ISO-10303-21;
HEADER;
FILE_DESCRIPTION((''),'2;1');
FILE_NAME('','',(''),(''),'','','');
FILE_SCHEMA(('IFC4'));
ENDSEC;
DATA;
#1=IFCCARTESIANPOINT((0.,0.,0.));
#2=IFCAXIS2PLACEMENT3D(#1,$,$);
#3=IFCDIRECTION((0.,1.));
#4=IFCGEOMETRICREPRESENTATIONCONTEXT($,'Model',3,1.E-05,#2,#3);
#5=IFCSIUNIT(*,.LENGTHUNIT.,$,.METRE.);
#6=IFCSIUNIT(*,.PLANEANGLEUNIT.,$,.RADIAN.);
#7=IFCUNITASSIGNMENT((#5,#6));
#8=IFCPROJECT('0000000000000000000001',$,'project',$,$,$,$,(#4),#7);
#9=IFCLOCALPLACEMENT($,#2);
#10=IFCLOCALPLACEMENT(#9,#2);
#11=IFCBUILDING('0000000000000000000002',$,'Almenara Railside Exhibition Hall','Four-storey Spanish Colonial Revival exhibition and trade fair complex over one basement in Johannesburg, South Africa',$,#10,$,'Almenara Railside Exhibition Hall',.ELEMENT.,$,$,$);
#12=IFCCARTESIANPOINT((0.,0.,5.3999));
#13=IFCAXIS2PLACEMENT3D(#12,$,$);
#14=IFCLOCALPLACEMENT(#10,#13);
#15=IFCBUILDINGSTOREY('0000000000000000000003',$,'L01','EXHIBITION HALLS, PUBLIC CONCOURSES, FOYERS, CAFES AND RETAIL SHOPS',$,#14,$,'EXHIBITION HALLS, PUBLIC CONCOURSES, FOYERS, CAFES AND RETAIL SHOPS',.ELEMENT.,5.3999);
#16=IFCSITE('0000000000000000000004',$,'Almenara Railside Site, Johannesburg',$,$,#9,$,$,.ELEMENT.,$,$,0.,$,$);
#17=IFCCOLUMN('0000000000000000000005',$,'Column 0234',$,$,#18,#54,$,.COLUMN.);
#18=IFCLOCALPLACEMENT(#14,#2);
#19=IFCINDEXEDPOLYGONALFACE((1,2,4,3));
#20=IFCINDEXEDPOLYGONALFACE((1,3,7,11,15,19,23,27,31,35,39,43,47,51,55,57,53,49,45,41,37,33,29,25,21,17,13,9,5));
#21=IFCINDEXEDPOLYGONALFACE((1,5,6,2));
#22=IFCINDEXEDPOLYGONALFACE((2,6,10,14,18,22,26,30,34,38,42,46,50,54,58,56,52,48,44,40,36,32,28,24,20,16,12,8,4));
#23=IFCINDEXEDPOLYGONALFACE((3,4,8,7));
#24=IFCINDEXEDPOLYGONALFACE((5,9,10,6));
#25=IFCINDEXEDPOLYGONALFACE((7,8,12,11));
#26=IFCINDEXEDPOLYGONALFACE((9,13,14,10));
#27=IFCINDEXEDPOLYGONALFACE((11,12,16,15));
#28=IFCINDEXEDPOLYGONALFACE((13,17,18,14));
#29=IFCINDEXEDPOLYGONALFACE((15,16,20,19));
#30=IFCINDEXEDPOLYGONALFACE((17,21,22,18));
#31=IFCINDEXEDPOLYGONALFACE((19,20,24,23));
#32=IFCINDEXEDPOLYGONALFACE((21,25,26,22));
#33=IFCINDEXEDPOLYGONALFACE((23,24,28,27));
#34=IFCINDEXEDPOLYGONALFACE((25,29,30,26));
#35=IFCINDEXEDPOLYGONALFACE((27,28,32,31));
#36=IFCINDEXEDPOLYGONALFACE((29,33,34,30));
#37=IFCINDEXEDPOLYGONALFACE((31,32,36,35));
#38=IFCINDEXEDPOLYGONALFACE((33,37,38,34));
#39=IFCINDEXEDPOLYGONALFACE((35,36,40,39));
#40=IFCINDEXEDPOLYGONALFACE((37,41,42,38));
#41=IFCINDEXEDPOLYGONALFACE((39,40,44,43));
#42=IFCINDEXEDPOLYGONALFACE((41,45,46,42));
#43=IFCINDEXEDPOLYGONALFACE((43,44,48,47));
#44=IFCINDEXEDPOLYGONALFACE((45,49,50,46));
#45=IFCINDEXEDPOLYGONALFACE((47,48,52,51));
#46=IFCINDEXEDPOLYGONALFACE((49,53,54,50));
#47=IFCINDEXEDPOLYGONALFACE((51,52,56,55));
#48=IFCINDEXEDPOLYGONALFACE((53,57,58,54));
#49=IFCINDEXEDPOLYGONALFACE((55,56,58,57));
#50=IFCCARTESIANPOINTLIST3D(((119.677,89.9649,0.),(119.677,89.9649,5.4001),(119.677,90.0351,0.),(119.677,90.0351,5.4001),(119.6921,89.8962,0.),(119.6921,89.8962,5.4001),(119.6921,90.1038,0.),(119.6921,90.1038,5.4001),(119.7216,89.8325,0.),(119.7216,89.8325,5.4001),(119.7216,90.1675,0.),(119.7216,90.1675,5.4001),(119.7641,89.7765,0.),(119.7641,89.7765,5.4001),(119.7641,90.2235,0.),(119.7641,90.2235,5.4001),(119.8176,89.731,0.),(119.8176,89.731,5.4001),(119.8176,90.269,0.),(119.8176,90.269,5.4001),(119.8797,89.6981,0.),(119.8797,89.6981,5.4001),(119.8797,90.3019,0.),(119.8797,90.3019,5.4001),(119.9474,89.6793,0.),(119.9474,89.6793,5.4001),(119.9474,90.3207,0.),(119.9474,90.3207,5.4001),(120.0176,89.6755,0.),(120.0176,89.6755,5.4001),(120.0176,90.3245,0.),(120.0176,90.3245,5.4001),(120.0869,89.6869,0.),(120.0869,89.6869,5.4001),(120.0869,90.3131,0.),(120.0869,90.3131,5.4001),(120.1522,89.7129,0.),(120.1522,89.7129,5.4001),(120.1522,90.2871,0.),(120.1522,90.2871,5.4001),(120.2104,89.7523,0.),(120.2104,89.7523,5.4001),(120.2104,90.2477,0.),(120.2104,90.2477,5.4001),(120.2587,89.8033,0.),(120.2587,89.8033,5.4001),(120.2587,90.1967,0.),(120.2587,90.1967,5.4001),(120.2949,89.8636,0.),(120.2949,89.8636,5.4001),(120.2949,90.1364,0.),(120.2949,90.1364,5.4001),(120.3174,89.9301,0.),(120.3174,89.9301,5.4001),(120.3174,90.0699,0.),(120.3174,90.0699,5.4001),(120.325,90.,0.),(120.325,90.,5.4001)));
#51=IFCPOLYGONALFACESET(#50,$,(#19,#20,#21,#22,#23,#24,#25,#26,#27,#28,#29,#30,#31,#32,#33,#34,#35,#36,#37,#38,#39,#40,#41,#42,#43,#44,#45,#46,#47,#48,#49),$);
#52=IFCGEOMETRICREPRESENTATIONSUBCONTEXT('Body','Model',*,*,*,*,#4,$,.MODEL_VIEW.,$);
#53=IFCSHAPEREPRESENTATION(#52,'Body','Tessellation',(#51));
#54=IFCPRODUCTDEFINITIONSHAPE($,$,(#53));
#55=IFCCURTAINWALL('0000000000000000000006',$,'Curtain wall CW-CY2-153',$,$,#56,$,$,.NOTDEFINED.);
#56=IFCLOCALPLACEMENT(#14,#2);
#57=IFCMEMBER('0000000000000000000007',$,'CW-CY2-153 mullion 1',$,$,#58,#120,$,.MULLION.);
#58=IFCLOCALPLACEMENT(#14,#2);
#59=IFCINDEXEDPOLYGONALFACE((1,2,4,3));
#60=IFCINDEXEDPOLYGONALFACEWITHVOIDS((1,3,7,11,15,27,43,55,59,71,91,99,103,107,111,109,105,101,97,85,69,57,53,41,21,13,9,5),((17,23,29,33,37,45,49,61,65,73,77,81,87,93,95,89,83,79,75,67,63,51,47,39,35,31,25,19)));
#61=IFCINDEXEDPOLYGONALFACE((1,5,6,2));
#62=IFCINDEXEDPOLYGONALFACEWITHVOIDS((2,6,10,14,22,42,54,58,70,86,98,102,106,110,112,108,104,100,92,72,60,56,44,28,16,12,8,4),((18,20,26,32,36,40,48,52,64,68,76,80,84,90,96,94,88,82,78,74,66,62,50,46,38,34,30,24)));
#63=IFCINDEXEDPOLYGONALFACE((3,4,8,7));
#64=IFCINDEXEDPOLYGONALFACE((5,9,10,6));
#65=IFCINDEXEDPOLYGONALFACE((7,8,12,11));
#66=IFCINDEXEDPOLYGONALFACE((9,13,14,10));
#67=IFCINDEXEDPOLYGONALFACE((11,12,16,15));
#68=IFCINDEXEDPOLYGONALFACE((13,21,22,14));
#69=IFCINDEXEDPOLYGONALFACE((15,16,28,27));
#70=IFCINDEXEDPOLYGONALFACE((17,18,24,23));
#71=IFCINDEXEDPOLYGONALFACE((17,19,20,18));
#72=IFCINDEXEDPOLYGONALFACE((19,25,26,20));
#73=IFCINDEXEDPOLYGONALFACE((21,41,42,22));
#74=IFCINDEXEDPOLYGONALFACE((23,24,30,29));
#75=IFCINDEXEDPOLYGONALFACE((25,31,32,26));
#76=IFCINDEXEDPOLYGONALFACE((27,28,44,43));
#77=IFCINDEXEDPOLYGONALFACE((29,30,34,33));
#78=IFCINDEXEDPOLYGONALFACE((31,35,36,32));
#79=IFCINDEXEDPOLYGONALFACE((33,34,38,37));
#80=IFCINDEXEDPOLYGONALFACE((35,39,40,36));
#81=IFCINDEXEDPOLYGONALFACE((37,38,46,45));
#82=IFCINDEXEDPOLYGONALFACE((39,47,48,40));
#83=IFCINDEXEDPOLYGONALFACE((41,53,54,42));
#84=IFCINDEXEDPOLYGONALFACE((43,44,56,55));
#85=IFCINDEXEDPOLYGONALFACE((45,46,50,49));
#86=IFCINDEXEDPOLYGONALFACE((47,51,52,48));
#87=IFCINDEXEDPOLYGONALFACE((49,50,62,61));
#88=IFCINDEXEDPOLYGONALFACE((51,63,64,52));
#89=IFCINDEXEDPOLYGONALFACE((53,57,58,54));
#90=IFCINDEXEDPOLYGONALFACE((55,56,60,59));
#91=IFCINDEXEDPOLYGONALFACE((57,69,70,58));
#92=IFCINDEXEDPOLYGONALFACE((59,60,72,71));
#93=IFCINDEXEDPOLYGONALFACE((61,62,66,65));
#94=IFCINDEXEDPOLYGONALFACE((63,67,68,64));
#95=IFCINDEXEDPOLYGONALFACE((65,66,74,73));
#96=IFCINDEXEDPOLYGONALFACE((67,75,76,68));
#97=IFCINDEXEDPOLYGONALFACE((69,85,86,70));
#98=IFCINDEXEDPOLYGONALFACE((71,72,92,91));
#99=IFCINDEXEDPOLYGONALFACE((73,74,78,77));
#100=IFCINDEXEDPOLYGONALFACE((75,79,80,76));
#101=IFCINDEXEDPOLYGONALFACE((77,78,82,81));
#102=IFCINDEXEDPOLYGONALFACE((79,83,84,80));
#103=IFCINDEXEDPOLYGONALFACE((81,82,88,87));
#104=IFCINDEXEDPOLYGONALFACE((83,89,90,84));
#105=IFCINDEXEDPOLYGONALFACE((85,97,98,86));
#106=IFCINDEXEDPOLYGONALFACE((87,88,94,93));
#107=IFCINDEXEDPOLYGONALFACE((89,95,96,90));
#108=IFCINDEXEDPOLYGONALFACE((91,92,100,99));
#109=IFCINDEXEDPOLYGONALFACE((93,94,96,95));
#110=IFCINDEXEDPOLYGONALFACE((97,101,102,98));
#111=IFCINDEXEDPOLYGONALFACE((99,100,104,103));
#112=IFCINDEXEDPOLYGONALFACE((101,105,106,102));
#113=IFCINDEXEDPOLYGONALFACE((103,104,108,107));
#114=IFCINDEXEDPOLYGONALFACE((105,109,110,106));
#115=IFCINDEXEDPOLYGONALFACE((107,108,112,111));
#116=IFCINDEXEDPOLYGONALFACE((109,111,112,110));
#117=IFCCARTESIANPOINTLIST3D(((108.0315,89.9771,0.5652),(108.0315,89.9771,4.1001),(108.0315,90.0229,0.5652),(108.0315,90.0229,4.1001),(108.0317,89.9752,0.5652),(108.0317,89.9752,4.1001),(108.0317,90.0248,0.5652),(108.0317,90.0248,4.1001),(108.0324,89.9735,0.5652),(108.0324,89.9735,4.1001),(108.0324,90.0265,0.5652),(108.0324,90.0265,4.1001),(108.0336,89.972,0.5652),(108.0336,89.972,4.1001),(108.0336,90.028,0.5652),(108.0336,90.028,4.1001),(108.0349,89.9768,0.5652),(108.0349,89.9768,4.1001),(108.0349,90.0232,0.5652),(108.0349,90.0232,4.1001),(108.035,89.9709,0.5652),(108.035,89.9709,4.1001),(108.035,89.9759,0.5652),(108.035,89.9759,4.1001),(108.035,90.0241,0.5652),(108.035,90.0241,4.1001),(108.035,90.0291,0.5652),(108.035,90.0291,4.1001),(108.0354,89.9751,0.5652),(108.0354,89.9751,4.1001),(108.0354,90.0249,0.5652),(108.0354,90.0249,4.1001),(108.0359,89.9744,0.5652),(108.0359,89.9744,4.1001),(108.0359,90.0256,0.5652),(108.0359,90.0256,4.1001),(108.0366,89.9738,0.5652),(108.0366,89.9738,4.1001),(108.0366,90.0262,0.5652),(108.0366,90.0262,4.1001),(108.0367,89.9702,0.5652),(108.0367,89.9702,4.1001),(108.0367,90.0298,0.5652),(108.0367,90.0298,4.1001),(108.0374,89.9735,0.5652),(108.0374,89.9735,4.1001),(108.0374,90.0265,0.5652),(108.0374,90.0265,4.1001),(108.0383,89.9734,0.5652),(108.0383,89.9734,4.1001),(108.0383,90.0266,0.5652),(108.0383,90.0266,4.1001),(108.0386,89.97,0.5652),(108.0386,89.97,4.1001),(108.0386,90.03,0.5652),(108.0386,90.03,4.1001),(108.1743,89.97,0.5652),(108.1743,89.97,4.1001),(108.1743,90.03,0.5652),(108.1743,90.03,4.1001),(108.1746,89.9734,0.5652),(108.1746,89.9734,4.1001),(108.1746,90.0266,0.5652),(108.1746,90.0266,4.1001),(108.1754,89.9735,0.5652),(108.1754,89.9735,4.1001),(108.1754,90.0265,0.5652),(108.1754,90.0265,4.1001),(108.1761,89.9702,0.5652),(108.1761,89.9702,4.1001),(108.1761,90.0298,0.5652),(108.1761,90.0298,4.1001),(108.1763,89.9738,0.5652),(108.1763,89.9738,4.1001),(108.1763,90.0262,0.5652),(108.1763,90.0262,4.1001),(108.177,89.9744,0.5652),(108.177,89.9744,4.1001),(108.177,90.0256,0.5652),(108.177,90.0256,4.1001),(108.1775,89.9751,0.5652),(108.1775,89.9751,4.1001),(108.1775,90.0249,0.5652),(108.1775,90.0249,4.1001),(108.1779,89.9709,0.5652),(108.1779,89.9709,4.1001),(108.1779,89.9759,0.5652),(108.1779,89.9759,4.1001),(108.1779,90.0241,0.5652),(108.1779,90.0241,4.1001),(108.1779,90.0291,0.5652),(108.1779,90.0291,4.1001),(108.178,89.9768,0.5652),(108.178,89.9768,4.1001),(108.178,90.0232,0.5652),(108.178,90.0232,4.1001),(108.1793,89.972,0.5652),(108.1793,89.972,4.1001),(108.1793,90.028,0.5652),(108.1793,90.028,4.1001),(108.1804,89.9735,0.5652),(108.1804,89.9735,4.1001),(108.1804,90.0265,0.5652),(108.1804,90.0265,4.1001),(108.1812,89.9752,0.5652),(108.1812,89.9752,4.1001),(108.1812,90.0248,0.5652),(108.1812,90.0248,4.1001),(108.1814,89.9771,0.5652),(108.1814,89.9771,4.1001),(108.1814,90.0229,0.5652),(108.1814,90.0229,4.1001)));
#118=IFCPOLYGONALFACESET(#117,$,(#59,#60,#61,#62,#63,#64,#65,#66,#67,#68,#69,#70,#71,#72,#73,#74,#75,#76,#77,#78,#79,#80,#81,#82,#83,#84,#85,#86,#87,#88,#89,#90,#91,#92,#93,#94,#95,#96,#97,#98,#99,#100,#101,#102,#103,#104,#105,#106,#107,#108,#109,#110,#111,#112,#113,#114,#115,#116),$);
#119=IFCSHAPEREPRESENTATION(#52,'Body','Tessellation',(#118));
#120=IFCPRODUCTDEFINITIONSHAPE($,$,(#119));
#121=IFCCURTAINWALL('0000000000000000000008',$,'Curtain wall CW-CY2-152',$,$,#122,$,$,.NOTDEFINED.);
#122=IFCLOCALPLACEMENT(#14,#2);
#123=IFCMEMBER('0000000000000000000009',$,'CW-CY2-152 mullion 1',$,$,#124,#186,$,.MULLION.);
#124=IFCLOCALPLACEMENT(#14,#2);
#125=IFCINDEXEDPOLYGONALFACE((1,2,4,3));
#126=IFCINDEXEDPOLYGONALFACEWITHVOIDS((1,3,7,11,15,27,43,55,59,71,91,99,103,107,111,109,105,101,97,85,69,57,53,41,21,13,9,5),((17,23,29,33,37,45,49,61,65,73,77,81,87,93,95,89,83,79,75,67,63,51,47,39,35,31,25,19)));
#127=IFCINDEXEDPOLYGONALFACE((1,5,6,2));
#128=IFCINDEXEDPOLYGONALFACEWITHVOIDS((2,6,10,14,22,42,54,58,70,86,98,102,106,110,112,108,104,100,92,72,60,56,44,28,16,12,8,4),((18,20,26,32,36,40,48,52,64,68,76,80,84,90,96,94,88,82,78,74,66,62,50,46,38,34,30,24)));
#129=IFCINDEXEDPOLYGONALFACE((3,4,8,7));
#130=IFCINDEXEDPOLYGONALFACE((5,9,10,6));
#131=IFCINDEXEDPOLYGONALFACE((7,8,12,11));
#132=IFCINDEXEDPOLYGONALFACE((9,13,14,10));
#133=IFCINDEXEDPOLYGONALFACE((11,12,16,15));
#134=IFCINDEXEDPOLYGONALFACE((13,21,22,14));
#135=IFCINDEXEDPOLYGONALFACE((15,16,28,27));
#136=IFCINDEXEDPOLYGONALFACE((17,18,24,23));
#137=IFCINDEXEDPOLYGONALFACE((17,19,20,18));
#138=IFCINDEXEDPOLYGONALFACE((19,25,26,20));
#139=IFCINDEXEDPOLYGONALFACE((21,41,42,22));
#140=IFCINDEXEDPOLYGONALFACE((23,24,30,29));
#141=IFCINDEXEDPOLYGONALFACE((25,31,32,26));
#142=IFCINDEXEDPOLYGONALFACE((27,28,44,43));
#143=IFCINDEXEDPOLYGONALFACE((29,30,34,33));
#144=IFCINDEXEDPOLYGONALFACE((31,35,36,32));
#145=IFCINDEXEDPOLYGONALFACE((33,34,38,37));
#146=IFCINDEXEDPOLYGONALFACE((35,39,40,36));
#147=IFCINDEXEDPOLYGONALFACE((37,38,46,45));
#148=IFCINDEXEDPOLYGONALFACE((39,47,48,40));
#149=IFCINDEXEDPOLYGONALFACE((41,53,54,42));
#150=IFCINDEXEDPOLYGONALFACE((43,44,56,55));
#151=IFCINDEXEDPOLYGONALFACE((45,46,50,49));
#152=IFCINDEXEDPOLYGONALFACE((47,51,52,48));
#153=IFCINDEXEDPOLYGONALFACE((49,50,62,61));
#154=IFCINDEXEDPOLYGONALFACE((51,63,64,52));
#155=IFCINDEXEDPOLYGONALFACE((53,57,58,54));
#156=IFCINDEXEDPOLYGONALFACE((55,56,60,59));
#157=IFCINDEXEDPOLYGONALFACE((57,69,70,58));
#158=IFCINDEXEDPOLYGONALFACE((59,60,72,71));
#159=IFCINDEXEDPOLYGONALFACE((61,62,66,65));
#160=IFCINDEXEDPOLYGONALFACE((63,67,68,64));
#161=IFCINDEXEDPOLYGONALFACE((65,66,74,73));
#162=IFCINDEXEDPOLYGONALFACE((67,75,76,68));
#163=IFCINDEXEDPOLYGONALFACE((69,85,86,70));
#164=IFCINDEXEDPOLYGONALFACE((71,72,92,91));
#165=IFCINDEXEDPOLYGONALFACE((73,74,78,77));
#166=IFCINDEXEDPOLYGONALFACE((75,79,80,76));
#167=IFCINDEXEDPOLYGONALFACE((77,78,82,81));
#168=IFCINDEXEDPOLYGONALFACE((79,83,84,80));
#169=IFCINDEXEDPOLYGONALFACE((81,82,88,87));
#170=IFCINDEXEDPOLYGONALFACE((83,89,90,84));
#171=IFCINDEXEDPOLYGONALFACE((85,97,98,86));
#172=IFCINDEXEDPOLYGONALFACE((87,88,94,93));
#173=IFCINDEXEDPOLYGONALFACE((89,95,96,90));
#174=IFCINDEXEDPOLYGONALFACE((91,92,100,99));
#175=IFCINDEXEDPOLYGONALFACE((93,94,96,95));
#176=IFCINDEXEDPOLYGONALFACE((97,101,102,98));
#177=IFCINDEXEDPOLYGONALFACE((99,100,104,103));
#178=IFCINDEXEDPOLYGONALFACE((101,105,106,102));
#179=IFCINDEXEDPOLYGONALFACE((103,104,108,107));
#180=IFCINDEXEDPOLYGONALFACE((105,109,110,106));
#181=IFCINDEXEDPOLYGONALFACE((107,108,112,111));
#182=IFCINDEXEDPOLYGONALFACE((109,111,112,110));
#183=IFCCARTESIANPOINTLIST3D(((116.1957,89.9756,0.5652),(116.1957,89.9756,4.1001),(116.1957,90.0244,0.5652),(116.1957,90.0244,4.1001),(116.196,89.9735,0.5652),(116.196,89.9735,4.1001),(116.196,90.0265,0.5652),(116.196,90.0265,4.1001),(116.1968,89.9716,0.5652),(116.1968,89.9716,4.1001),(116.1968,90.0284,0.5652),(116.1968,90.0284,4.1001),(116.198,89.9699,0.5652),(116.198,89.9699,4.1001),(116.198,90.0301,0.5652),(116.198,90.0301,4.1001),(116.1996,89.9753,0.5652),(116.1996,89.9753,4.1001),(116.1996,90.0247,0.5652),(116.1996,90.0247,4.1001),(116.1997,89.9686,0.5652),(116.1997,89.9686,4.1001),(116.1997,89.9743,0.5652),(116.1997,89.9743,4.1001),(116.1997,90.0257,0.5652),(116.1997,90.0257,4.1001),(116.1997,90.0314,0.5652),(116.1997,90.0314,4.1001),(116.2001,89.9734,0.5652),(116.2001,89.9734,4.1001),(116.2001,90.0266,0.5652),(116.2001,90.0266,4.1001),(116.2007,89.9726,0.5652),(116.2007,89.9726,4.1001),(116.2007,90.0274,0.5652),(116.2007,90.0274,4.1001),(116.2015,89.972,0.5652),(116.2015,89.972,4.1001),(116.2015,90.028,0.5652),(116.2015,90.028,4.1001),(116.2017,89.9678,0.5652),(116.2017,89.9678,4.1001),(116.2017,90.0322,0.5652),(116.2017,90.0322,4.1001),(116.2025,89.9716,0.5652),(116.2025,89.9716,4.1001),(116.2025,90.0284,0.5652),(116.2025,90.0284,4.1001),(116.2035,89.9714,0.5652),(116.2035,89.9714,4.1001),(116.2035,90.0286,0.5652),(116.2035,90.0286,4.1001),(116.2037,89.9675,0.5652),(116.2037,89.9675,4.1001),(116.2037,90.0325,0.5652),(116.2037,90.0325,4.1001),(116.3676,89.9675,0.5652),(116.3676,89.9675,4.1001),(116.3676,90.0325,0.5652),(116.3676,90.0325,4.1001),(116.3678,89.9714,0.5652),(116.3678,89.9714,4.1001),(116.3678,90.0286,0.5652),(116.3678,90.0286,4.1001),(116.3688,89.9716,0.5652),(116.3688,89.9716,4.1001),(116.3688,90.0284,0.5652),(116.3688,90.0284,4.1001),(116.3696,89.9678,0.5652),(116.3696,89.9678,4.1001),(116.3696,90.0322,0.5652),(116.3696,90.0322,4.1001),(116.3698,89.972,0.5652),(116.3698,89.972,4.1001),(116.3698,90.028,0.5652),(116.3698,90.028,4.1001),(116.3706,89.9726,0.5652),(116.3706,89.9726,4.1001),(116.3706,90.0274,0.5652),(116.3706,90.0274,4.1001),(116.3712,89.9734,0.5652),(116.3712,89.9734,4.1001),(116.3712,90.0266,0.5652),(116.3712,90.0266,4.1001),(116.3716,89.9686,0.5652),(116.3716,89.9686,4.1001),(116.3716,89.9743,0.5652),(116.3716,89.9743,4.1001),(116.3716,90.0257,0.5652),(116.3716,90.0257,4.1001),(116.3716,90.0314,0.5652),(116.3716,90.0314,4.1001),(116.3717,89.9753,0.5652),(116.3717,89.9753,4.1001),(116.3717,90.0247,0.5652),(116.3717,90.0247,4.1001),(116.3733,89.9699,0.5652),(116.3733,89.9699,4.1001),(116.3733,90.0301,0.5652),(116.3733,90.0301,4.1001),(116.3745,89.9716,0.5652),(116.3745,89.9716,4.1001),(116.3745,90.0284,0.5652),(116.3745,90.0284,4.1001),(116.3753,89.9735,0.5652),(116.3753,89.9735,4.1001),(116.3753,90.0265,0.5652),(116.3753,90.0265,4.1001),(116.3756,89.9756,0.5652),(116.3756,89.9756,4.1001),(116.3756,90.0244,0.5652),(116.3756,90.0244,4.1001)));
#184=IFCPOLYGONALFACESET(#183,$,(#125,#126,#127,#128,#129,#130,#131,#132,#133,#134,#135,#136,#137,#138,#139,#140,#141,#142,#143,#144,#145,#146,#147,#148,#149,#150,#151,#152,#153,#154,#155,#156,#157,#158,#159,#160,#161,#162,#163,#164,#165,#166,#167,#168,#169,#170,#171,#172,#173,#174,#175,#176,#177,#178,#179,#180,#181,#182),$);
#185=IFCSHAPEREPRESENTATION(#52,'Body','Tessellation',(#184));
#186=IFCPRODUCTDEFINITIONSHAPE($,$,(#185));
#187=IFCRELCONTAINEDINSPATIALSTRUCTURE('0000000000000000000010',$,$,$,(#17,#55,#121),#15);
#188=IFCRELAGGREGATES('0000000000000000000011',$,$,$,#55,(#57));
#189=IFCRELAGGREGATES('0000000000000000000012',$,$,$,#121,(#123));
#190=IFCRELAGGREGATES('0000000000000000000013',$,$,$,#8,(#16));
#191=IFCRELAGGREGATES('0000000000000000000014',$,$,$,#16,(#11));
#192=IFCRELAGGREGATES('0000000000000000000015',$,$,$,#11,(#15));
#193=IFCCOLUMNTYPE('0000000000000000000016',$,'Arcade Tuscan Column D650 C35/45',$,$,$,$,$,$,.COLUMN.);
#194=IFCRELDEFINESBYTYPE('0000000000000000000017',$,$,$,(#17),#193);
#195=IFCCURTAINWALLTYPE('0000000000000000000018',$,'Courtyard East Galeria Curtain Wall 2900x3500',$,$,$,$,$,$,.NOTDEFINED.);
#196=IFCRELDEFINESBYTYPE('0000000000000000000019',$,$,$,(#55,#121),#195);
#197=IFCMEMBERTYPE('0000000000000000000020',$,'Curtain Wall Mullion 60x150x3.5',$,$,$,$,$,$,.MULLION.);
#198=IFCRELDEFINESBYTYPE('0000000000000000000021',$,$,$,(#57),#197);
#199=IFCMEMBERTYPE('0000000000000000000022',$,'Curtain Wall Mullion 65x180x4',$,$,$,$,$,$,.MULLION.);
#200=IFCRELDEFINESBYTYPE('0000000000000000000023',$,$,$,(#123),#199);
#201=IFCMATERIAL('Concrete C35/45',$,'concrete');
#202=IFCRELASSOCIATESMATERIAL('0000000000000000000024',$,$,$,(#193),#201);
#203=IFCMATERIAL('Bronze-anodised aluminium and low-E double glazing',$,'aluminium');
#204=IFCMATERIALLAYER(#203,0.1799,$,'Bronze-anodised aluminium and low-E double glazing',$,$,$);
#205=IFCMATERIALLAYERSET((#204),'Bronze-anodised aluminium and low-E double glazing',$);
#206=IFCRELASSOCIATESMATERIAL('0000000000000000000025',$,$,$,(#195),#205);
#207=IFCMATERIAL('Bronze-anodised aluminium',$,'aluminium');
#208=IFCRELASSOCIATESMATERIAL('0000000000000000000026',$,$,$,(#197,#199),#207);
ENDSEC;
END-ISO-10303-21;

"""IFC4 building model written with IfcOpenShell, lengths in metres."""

from ifc_helpers import new_model, si_unit, direction, frame, origin, origin_2d, place, context, subcontext, project, spatial, hollow_rectangle, circle, extrude, material, layer, layer_set, material_profile, profile_set, type_object, element, aggregate, save


model = new_model("IFC4")

# Units and contexts
model_context = context("Model", 3, precision=1e-05, world=origin(), true_north=direction((0.0, 1.0)))
body_context = subcontext(model_context, "Body", "Model", "MODEL_VIEW")
ifc_project = project(units=[si_unit("LENGTHUNIT", "METRE"), si_unit("PLANEANGLEUNIT", "RADIAN")], contexts=[model_context])

# Site, building, storey
site_placement = place(None, origin())
site = spatial("IfcSite", under=ifc_project, at=site_placement, Name="Almenara Railside Site, Johannesburg", CompositionType="ELEMENT", RefElevation=0.0)
building_placement = place(site_placement, origin())
building = spatial("IfcBuilding", under=site, at=building_placement, Name="Almenara Railside Exhibition Hall", Description="Four-storey Spanish Colonial Revival exhibition and trade fair complex over one basement in Johannesburg, South Africa", LongName="Almenara Railside Exhibition Hall", CompositionType="ELEMENT")
storey_placement = place(building_placement, frame((0.0, 0.0, 5.3999)))
storey = spatial("IfcBuildingStorey", under=building, at=storey_placement, Name="L01", Description="EXHIBITION HALLS, PUBLIC CONCOURSES, FOYERS, CAFES AND RETAIL SHOPS", LongName="EXHIBITION HALLS, PUBLIC CONCOURSES, FOYERS, CAFES AND RETAIL SHOPS", CompositionType="ELEMENT", Elevation=5.3999)

# Column
ifc_material_1 = material(Name="Concrete C35/45", Category="concrete")
ifc_material_profile_1 = material_profile(ifc_material_1, circle(Radius=0.325, at=origin_2d()), Name="RC-COL D650")
ifc_profile_set_1 = profile_set([ifc_material_profile_1], Name="Concrete C35/45")
column_type = type_object("IfcColumnType", Name="Arcade Tuscan Column D650 C35/45", PredefinedType="COLUMN", material=ifc_profile_set_1)
column_placement = place(storey_placement, frame((120.0, 90.0, 0.0), z_axis=(0.0, 0.0, 1.0), x_axis=(1.0, 0.0, 0.0)))
element("IfcColumn", 1, at=column_placement, inside=storey, type_object=column_type, Name="Column 0234", PredefinedType="COLUMN", context=body_context, shape_type="SweptSolid", body=[
    extrude(circle(Radius=0.325, at=origin_2d()), origin(), (0.0, 0.0, 1.0), 5.4001),
])

# Curtain wall, member
ifc_material_2 = material(Name="Bronze-anodised aluminium and low-E double glazing", Category="aluminium")
ifc_layer_1 = layer(ifc_material_2, 0.1799, Name="Bronze-anodised aluminium and low-E double glazing")
ifc_layer_set_1 = layer_set([ifc_layer_1], Name="Bronze-anodised aluminium and low-E double glazing")
curtain_wall_type = type_object("IfcCurtainWallType", Name="Courtyard East Galeria Curtain Wall 2900x3500", PredefinedType="NOTDEFINED", material=ifc_layer_set_1)
curtain_wall_1_placement = place(storey_placement, origin())
curtain_wall_1 = element("IfcCurtainWall", 2, at=curtain_wall_1_placement, inside=storey, type_object=curtain_wall_type, Name="Curtain wall CW-CY2-153", PredefinedType="NOTDEFINED")
ifc_material_3 = material(Name="Bronze-anodised aluminium", Category="aluminium")
ifc_material_profile_2 = material_profile(ifc_material_3, hollow_rectangle(XDim=0.0601, YDim=0.1499, WallThickness=0.0034, InnerFilletRadius=0.0034, OuterFilletRadius=0.0071, at=origin_2d()), Name="ALU-MUL 60x150x3.5")
ifc_profile_set_2 = profile_set([ifc_material_profile_2], Name="Bronze-anodised aluminium")
member_type_1 = type_object("IfcMemberType", Name="Curtain Wall Mullion 60x150x3.5", PredefinedType="MULLION", material=ifc_profile_set_2)
member_1_placement = place(storey_placement, frame((108.1064, 90.0, 0.5652), z_axis=(0.0, 0.0, 1.0), x_axis=(0.0, -1.0, 0.0)))
member_1 = element("IfcMember", 3, at=member_1_placement, type_object=member_type_1, Name="CW-CY2-153 mullion 1", PredefinedType="MULLION", context=body_context, shape_type="SweptSolid", body=[
    extrude(hollow_rectangle(XDim=0.0601, YDim=0.1499, WallThickness=0.0034, InnerFilletRadius=0.0034, OuterFilletRadius=0.0071, at=origin_2d()), origin(), (0.0, 0.0, 1.0), 3.5349),
])

# Curtain wall, member
curtain_wall_2_placement = place(storey_placement, origin())
curtain_wall_2 = element("IfcCurtainWall", 4, at=curtain_wall_2_placement, inside=storey, type_object=curtain_wall_type, Name="Curtain wall CW-CY2-152", PredefinedType="NOTDEFINED")
ifc_material_profile_3 = material_profile(ifc_material_3, hollow_rectangle(XDim=0.0649, YDim=0.1799, WallThickness=0.0039, InnerFilletRadius=0.0039, OuterFilletRadius=0.0081, at=origin_2d()), Name="ALU-MUL 65x180x4")
ifc_profile_set_3 = profile_set([ifc_material_profile_3], Name="Bronze-anodised aluminium")
member_type_2 = type_object("IfcMemberType", Name="Curtain Wall Mullion 65x180x4", PredefinedType="MULLION", material=ifc_profile_set_3)
member_2_placement = place(storey_placement, frame((116.2856, 90.0, 0.5652), z_axis=(0.0, 0.0, 1.0), x_axis=(0.0, -1.0, 0.0)))
member_2 = element("IfcMember", 5, at=member_2_placement, type_object=member_type_2, Name="CW-CY2-152 mullion 1", PredefinedType="MULLION", context=body_context, shape_type="SweptSolid", body=[
    extrude(hollow_rectangle(XDim=0.0649, YDim=0.1799, WallThickness=0.0039, InnerFilletRadius=0.0039, OuterFilletRadius=0.0081, at=origin_2d()), origin(), (0.0, 0.0, 1.0), 3.5349),
])

aggregate(curtain_wall_1, [member_1])

aggregate(curtain_wall_2, [member_2])

save(model, "model.ifc")
